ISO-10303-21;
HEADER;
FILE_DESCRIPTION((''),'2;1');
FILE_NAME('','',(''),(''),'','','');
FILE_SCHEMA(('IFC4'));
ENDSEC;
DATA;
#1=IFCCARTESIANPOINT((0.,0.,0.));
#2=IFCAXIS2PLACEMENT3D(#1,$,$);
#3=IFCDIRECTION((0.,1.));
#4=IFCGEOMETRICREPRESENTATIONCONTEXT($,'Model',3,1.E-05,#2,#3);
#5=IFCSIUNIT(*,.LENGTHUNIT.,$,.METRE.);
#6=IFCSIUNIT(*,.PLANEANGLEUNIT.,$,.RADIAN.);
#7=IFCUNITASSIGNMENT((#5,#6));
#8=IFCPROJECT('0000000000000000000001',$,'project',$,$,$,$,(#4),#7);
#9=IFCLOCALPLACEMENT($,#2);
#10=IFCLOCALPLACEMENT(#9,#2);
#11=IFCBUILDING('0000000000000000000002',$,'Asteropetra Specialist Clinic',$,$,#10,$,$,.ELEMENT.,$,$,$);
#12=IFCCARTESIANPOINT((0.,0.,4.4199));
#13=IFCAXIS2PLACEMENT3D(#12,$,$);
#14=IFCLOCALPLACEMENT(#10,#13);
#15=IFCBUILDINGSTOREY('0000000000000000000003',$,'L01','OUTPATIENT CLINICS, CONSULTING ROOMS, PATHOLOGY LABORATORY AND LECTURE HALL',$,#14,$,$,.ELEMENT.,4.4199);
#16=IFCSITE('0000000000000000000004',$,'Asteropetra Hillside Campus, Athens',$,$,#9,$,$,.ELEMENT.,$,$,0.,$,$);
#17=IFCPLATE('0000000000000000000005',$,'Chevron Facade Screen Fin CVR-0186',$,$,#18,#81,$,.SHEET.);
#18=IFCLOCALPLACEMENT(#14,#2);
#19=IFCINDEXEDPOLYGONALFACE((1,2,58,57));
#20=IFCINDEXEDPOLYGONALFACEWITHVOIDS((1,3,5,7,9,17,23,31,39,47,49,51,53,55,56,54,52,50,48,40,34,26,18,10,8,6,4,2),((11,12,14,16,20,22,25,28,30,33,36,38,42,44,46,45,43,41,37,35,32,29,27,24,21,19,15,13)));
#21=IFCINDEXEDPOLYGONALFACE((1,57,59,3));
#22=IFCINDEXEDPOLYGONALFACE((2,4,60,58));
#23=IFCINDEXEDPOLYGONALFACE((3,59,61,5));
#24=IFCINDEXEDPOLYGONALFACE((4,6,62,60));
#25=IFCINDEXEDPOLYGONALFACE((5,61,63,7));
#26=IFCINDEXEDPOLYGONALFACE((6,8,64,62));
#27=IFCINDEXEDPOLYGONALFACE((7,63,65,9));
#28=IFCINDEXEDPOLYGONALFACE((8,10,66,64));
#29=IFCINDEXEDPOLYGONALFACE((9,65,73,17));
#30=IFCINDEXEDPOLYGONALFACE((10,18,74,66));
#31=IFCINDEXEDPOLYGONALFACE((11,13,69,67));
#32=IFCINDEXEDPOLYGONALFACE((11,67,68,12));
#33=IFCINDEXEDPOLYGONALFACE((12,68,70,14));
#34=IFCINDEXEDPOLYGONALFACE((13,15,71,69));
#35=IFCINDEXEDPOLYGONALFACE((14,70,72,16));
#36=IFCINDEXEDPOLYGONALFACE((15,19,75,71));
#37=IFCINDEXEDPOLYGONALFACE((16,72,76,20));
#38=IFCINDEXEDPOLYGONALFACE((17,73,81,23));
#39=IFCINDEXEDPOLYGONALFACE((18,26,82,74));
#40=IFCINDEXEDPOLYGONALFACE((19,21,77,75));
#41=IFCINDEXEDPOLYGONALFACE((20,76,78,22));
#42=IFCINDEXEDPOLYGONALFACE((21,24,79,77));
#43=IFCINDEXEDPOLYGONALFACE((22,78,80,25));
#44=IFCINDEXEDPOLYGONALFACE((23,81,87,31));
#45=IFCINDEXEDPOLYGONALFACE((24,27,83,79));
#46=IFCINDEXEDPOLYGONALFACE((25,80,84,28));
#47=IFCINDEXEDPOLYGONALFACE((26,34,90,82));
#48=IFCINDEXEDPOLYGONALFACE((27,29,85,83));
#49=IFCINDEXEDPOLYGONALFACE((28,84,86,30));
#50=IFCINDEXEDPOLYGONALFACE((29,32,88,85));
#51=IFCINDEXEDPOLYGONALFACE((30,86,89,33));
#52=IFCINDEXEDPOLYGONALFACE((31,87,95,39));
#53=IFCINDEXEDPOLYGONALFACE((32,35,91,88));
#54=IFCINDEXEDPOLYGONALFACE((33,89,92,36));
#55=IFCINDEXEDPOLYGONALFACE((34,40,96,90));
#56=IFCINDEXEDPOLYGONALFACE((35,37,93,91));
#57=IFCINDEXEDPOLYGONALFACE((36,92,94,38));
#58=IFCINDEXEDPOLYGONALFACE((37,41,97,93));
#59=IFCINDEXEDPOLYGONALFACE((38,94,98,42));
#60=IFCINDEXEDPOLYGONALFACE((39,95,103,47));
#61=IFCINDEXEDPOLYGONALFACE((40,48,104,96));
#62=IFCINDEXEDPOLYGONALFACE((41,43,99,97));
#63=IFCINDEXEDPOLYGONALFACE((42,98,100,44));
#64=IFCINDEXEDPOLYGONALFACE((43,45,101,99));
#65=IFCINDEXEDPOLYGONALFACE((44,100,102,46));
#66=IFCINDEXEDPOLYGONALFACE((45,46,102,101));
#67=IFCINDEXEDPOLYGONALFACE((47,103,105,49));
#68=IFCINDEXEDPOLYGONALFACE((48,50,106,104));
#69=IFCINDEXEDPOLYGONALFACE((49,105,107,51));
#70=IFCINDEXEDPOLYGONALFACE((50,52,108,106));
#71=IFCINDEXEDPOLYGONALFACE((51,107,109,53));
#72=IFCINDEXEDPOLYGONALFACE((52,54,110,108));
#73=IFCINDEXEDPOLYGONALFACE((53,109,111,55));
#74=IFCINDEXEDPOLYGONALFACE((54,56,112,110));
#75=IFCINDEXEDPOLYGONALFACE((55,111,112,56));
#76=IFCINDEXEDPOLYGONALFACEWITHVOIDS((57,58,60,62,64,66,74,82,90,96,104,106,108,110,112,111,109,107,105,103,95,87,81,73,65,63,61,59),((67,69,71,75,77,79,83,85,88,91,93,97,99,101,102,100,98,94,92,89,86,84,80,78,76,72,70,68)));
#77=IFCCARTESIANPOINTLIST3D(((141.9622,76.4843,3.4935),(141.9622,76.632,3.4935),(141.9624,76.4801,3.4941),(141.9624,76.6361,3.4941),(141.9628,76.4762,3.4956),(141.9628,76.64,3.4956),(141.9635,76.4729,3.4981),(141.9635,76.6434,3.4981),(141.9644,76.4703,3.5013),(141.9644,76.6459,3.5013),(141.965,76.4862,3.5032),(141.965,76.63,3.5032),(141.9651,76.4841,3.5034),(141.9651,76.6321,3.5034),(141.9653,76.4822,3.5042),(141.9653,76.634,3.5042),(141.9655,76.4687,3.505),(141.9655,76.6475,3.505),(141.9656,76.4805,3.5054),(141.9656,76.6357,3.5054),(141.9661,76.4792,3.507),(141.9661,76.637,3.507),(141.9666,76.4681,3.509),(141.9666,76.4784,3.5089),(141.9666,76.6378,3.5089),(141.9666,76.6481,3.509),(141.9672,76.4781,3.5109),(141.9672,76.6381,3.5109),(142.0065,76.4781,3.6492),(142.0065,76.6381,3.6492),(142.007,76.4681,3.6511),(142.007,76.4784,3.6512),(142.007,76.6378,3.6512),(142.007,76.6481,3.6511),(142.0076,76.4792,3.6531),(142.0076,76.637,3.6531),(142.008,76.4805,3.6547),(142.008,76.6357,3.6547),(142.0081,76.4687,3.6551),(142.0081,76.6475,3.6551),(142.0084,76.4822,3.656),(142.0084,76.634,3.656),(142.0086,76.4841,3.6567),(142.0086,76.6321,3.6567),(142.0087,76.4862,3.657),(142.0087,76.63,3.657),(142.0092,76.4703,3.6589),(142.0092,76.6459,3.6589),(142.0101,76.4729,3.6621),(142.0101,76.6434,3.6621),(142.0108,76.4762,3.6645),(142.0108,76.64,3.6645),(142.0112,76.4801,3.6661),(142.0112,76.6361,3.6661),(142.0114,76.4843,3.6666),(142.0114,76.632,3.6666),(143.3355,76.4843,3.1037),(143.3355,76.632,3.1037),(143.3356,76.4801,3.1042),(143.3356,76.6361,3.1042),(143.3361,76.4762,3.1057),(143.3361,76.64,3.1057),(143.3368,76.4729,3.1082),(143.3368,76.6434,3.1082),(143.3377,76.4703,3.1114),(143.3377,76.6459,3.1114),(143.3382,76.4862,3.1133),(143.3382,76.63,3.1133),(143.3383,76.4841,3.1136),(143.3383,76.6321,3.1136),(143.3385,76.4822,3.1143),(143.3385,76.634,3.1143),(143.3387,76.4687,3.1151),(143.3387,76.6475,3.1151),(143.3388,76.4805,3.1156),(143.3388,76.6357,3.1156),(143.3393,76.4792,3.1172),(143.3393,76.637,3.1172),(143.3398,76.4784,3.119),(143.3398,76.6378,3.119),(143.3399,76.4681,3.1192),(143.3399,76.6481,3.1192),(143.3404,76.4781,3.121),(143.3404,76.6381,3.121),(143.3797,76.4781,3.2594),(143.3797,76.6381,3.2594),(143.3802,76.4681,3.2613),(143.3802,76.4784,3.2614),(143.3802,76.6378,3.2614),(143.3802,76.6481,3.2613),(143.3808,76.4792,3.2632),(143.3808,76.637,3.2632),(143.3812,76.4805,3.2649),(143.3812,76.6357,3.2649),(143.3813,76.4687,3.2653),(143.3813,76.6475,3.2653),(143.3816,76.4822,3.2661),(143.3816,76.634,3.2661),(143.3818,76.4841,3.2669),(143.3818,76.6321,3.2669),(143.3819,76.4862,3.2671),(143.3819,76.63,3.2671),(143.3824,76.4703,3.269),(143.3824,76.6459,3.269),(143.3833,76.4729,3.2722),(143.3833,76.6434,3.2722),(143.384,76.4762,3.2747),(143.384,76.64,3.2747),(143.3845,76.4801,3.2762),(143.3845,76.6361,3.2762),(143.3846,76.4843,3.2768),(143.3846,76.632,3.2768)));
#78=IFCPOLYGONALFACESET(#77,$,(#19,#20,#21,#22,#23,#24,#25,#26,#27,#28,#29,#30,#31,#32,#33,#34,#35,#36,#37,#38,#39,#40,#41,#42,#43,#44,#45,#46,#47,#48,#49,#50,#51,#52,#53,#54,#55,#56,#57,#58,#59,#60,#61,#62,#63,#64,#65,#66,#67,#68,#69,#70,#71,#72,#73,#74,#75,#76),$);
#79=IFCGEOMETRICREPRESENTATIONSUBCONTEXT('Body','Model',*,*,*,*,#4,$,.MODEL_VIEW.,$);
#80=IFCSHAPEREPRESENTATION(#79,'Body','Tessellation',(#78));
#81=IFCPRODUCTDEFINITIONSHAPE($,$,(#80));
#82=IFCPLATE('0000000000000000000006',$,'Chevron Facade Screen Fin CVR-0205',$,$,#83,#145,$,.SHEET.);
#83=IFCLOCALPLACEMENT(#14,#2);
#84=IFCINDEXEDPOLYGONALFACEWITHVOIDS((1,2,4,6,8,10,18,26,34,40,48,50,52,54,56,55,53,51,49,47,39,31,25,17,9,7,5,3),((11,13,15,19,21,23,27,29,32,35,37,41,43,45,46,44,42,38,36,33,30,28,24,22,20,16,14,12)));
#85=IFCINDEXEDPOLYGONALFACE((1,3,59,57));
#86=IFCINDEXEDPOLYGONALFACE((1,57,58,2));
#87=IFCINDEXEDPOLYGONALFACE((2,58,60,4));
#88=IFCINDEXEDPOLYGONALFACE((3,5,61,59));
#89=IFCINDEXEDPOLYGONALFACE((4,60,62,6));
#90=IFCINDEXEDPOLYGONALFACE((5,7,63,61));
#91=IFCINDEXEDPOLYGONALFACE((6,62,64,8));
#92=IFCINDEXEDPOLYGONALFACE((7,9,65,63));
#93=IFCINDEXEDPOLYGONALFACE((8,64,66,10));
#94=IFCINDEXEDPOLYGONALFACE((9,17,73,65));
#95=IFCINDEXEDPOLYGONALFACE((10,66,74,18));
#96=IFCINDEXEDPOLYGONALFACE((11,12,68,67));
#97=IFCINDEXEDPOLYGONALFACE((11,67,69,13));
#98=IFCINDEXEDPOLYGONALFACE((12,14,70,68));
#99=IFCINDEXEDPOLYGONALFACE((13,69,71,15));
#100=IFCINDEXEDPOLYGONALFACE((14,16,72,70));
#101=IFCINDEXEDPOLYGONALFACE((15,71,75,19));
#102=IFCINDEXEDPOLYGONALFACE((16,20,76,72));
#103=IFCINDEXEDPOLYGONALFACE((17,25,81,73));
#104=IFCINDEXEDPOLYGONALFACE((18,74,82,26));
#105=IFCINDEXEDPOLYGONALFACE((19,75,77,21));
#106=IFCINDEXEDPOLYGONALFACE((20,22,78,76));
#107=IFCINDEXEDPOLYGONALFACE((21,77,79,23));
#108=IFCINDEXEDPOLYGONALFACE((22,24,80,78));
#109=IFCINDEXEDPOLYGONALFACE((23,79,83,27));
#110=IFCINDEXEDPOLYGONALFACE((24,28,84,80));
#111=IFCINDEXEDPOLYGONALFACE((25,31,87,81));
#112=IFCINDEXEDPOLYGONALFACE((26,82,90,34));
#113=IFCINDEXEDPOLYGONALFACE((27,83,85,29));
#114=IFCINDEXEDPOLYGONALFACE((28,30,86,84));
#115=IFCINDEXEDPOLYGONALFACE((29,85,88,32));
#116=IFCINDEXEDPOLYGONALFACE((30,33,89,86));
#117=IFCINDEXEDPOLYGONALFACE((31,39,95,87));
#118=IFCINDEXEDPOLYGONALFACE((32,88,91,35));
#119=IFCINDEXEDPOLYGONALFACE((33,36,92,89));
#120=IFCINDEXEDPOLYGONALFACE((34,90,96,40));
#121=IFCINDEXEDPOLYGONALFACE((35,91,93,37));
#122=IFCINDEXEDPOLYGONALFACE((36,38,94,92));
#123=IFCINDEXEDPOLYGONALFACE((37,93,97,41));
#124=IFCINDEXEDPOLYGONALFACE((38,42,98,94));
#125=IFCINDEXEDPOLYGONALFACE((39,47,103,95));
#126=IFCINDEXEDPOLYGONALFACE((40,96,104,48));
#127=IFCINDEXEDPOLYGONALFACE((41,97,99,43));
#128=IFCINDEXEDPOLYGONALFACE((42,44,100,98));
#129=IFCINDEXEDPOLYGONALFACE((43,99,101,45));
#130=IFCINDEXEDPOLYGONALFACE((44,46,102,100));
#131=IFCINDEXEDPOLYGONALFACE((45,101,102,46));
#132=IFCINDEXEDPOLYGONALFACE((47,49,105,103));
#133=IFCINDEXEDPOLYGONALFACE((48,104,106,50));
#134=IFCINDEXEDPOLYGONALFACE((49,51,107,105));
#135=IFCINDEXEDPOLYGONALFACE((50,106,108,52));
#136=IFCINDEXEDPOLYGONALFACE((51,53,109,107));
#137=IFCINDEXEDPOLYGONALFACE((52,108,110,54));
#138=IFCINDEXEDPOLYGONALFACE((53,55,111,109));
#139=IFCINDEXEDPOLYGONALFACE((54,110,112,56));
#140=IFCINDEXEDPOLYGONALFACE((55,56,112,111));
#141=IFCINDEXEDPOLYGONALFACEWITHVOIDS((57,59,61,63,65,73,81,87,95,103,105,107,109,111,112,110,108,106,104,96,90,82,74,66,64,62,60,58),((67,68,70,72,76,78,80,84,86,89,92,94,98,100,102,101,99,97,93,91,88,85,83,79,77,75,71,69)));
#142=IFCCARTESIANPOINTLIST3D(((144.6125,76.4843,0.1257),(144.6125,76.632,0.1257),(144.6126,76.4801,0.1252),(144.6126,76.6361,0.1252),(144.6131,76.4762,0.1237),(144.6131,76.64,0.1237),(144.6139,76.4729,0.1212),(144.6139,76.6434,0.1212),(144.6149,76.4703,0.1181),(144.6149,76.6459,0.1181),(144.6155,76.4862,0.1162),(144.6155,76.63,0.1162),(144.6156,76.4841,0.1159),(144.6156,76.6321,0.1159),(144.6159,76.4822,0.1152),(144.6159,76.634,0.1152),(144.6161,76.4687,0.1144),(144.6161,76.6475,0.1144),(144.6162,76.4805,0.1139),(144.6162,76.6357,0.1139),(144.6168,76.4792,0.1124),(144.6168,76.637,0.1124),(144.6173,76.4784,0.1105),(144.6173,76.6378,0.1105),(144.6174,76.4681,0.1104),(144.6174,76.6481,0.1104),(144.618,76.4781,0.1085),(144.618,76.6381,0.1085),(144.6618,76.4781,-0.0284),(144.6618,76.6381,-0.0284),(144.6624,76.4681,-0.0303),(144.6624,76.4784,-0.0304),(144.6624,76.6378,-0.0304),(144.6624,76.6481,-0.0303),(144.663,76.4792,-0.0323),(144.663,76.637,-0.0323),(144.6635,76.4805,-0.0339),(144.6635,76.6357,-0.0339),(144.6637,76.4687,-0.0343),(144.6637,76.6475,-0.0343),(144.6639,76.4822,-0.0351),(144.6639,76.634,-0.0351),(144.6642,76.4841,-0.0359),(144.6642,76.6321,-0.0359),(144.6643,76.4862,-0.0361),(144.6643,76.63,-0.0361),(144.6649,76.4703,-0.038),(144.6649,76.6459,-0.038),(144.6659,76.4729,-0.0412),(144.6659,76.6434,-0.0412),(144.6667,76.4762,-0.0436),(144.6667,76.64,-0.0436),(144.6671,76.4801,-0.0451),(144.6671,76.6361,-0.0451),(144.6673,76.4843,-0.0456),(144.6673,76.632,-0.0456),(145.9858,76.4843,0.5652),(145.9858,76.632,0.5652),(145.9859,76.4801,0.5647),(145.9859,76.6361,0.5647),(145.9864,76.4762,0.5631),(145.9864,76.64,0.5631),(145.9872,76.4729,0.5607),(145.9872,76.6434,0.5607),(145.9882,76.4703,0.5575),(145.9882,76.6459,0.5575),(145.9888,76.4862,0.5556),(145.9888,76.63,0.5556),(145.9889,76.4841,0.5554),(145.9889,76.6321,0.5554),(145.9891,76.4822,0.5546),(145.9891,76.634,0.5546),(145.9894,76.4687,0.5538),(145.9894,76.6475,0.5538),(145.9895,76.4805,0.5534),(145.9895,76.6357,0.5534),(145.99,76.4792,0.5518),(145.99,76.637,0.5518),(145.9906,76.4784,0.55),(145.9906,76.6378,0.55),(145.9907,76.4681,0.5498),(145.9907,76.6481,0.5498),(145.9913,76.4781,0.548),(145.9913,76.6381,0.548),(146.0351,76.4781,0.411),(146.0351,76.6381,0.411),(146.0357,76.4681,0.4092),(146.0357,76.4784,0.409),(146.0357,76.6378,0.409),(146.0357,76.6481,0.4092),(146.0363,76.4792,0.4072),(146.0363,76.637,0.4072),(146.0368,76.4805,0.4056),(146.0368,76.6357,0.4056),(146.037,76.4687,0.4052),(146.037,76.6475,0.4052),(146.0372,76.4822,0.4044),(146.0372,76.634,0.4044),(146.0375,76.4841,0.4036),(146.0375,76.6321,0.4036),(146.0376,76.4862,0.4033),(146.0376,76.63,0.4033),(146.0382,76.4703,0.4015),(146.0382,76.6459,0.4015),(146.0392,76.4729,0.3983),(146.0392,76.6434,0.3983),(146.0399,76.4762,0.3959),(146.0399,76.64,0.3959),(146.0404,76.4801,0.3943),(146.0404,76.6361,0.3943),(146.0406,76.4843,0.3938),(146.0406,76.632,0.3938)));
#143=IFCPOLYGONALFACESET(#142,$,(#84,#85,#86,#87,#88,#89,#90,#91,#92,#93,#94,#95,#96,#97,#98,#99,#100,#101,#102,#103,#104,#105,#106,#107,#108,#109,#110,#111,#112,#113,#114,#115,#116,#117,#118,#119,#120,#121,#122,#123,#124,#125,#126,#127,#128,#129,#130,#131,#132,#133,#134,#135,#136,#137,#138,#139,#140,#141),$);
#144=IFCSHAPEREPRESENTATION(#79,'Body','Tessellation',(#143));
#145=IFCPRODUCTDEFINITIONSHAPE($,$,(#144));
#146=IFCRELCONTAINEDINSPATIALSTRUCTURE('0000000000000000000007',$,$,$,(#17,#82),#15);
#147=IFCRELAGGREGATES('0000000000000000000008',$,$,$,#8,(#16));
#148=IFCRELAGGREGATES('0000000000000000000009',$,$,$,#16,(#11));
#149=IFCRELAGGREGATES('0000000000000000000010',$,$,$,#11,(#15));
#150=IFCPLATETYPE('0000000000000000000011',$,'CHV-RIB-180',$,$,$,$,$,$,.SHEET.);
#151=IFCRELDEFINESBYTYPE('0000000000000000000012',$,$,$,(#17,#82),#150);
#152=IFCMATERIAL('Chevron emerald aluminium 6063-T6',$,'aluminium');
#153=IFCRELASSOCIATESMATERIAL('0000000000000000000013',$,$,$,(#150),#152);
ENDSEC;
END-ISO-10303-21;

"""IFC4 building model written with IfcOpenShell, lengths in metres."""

from ifc_helpers import new_model, si_unit, direction, frame, origin, origin_2d, place, context, subcontext, project, spatial, hollow_rectangle, extrude, material, material_profile, profile_set, type_object, element, save


model = new_model("IFC4")

# Units and contexts
model_context = context("Model", 3, precision=1e-05, world=origin(), true_north=direction((0.0, 1.0)))
body_context = subcontext(model_context, "Body", "Model", "MODEL_VIEW")
ifc_project = project(units=[si_unit("LENGTHUNIT", "METRE"), si_unit("PLANEANGLEUNIT", "RADIAN")], contexts=[model_context])

# Site, building, storey
site_placement = place(None, origin())
site = spatial("IfcSite", under=ifc_project, at=site_placement, Name="Asteropetra Hillside Campus, Athens", CompositionType="ELEMENT", RefElevation=0.0)
building_placement = place(site_placement, origin())
building = spatial("IfcBuilding", under=site, at=building_placement, Name="Asteropetra Specialist Clinic", CompositionType="ELEMENT")
storey_placement = place(building_placement, frame((0.0, 0.0, 4.4199)))
storey = spatial("IfcBuildingStorey", under=building, at=storey_placement, Name="L01", Description="OUTPATIENT CLINICS, CONSULTING ROOMS, PATHOLOGY LABORATORY AND LECTURE HALL", CompositionType="ELEMENT", Elevation=4.4199)

# Plates
ifc_material_1 = material(Name="Chevron emerald aluminium 6063-T6", Category="aluminium")
ifc_material_profile_1 = material_profile(ifc_material_1, hollow_rectangle(XDim=0.1799, YDim=0.1799, WallThickness=0.01, InnerFilletRadius=0.0081, OuterFilletRadius=0.0161, at=origin_2d()), Name="SHS 180x180x10.0")
ifc_profile_set_1 = profile_set([ifc_material_profile_1], Name="Chevron emerald aluminium 6063-T6")
plate_type = type_object("IfcPlateType", Name="CHV-RIB-180", PredefinedType="SHEET", material=ifc_profile_set_1)
plate_1_placement = place(storey_placement, frame((141.9868, 76.5581, 3.5801), z_axis=(0.961981, 0.0, -0.273117), x_axis=(0.0, 1.0, 0.0)))
element("IfcPlate", 1, at=plate_1_placement, inside=storey, type_object=plate_type, Name="Chevron Facade Screen Fin CVR-0186", PredefinedType="SHEET", context=body_context, shape_type="SweptSolid", body=[
    extrude(hollow_rectangle(XDim=0.1799, YDim=0.1799, WallThickness=0.01, InnerFilletRadius=0.0081, OuterFilletRadius=0.0161, at=origin_2d()), origin(), (0.0, 0.0, 1.0), 1.4275),
])
plate_2_placement = place(storey_placement, frame((144.6399, 76.5581, 0.04), z_axis=(0.952424, 0.0, 0.304776), x_axis=(0.0, 1.0, 0.0)))
element("IfcPlate", 2, at=plate_2_placement, inside=storey, type_object=plate_type, Name="Chevron Facade Screen Fin CVR-0205", PredefinedType="SHEET", context=body_context, shape_type="SweptSolid", body=[
    extrude(hollow_rectangle(XDim=0.1799, YDim=0.1799, WallThickness=0.01, InnerFilletRadius=0.0081, OuterFilletRadius=0.0161, at=origin_2d()), origin(), (0.0, 0.0, 1.0), 1.4419),
])

save(model, "model.ifc")
